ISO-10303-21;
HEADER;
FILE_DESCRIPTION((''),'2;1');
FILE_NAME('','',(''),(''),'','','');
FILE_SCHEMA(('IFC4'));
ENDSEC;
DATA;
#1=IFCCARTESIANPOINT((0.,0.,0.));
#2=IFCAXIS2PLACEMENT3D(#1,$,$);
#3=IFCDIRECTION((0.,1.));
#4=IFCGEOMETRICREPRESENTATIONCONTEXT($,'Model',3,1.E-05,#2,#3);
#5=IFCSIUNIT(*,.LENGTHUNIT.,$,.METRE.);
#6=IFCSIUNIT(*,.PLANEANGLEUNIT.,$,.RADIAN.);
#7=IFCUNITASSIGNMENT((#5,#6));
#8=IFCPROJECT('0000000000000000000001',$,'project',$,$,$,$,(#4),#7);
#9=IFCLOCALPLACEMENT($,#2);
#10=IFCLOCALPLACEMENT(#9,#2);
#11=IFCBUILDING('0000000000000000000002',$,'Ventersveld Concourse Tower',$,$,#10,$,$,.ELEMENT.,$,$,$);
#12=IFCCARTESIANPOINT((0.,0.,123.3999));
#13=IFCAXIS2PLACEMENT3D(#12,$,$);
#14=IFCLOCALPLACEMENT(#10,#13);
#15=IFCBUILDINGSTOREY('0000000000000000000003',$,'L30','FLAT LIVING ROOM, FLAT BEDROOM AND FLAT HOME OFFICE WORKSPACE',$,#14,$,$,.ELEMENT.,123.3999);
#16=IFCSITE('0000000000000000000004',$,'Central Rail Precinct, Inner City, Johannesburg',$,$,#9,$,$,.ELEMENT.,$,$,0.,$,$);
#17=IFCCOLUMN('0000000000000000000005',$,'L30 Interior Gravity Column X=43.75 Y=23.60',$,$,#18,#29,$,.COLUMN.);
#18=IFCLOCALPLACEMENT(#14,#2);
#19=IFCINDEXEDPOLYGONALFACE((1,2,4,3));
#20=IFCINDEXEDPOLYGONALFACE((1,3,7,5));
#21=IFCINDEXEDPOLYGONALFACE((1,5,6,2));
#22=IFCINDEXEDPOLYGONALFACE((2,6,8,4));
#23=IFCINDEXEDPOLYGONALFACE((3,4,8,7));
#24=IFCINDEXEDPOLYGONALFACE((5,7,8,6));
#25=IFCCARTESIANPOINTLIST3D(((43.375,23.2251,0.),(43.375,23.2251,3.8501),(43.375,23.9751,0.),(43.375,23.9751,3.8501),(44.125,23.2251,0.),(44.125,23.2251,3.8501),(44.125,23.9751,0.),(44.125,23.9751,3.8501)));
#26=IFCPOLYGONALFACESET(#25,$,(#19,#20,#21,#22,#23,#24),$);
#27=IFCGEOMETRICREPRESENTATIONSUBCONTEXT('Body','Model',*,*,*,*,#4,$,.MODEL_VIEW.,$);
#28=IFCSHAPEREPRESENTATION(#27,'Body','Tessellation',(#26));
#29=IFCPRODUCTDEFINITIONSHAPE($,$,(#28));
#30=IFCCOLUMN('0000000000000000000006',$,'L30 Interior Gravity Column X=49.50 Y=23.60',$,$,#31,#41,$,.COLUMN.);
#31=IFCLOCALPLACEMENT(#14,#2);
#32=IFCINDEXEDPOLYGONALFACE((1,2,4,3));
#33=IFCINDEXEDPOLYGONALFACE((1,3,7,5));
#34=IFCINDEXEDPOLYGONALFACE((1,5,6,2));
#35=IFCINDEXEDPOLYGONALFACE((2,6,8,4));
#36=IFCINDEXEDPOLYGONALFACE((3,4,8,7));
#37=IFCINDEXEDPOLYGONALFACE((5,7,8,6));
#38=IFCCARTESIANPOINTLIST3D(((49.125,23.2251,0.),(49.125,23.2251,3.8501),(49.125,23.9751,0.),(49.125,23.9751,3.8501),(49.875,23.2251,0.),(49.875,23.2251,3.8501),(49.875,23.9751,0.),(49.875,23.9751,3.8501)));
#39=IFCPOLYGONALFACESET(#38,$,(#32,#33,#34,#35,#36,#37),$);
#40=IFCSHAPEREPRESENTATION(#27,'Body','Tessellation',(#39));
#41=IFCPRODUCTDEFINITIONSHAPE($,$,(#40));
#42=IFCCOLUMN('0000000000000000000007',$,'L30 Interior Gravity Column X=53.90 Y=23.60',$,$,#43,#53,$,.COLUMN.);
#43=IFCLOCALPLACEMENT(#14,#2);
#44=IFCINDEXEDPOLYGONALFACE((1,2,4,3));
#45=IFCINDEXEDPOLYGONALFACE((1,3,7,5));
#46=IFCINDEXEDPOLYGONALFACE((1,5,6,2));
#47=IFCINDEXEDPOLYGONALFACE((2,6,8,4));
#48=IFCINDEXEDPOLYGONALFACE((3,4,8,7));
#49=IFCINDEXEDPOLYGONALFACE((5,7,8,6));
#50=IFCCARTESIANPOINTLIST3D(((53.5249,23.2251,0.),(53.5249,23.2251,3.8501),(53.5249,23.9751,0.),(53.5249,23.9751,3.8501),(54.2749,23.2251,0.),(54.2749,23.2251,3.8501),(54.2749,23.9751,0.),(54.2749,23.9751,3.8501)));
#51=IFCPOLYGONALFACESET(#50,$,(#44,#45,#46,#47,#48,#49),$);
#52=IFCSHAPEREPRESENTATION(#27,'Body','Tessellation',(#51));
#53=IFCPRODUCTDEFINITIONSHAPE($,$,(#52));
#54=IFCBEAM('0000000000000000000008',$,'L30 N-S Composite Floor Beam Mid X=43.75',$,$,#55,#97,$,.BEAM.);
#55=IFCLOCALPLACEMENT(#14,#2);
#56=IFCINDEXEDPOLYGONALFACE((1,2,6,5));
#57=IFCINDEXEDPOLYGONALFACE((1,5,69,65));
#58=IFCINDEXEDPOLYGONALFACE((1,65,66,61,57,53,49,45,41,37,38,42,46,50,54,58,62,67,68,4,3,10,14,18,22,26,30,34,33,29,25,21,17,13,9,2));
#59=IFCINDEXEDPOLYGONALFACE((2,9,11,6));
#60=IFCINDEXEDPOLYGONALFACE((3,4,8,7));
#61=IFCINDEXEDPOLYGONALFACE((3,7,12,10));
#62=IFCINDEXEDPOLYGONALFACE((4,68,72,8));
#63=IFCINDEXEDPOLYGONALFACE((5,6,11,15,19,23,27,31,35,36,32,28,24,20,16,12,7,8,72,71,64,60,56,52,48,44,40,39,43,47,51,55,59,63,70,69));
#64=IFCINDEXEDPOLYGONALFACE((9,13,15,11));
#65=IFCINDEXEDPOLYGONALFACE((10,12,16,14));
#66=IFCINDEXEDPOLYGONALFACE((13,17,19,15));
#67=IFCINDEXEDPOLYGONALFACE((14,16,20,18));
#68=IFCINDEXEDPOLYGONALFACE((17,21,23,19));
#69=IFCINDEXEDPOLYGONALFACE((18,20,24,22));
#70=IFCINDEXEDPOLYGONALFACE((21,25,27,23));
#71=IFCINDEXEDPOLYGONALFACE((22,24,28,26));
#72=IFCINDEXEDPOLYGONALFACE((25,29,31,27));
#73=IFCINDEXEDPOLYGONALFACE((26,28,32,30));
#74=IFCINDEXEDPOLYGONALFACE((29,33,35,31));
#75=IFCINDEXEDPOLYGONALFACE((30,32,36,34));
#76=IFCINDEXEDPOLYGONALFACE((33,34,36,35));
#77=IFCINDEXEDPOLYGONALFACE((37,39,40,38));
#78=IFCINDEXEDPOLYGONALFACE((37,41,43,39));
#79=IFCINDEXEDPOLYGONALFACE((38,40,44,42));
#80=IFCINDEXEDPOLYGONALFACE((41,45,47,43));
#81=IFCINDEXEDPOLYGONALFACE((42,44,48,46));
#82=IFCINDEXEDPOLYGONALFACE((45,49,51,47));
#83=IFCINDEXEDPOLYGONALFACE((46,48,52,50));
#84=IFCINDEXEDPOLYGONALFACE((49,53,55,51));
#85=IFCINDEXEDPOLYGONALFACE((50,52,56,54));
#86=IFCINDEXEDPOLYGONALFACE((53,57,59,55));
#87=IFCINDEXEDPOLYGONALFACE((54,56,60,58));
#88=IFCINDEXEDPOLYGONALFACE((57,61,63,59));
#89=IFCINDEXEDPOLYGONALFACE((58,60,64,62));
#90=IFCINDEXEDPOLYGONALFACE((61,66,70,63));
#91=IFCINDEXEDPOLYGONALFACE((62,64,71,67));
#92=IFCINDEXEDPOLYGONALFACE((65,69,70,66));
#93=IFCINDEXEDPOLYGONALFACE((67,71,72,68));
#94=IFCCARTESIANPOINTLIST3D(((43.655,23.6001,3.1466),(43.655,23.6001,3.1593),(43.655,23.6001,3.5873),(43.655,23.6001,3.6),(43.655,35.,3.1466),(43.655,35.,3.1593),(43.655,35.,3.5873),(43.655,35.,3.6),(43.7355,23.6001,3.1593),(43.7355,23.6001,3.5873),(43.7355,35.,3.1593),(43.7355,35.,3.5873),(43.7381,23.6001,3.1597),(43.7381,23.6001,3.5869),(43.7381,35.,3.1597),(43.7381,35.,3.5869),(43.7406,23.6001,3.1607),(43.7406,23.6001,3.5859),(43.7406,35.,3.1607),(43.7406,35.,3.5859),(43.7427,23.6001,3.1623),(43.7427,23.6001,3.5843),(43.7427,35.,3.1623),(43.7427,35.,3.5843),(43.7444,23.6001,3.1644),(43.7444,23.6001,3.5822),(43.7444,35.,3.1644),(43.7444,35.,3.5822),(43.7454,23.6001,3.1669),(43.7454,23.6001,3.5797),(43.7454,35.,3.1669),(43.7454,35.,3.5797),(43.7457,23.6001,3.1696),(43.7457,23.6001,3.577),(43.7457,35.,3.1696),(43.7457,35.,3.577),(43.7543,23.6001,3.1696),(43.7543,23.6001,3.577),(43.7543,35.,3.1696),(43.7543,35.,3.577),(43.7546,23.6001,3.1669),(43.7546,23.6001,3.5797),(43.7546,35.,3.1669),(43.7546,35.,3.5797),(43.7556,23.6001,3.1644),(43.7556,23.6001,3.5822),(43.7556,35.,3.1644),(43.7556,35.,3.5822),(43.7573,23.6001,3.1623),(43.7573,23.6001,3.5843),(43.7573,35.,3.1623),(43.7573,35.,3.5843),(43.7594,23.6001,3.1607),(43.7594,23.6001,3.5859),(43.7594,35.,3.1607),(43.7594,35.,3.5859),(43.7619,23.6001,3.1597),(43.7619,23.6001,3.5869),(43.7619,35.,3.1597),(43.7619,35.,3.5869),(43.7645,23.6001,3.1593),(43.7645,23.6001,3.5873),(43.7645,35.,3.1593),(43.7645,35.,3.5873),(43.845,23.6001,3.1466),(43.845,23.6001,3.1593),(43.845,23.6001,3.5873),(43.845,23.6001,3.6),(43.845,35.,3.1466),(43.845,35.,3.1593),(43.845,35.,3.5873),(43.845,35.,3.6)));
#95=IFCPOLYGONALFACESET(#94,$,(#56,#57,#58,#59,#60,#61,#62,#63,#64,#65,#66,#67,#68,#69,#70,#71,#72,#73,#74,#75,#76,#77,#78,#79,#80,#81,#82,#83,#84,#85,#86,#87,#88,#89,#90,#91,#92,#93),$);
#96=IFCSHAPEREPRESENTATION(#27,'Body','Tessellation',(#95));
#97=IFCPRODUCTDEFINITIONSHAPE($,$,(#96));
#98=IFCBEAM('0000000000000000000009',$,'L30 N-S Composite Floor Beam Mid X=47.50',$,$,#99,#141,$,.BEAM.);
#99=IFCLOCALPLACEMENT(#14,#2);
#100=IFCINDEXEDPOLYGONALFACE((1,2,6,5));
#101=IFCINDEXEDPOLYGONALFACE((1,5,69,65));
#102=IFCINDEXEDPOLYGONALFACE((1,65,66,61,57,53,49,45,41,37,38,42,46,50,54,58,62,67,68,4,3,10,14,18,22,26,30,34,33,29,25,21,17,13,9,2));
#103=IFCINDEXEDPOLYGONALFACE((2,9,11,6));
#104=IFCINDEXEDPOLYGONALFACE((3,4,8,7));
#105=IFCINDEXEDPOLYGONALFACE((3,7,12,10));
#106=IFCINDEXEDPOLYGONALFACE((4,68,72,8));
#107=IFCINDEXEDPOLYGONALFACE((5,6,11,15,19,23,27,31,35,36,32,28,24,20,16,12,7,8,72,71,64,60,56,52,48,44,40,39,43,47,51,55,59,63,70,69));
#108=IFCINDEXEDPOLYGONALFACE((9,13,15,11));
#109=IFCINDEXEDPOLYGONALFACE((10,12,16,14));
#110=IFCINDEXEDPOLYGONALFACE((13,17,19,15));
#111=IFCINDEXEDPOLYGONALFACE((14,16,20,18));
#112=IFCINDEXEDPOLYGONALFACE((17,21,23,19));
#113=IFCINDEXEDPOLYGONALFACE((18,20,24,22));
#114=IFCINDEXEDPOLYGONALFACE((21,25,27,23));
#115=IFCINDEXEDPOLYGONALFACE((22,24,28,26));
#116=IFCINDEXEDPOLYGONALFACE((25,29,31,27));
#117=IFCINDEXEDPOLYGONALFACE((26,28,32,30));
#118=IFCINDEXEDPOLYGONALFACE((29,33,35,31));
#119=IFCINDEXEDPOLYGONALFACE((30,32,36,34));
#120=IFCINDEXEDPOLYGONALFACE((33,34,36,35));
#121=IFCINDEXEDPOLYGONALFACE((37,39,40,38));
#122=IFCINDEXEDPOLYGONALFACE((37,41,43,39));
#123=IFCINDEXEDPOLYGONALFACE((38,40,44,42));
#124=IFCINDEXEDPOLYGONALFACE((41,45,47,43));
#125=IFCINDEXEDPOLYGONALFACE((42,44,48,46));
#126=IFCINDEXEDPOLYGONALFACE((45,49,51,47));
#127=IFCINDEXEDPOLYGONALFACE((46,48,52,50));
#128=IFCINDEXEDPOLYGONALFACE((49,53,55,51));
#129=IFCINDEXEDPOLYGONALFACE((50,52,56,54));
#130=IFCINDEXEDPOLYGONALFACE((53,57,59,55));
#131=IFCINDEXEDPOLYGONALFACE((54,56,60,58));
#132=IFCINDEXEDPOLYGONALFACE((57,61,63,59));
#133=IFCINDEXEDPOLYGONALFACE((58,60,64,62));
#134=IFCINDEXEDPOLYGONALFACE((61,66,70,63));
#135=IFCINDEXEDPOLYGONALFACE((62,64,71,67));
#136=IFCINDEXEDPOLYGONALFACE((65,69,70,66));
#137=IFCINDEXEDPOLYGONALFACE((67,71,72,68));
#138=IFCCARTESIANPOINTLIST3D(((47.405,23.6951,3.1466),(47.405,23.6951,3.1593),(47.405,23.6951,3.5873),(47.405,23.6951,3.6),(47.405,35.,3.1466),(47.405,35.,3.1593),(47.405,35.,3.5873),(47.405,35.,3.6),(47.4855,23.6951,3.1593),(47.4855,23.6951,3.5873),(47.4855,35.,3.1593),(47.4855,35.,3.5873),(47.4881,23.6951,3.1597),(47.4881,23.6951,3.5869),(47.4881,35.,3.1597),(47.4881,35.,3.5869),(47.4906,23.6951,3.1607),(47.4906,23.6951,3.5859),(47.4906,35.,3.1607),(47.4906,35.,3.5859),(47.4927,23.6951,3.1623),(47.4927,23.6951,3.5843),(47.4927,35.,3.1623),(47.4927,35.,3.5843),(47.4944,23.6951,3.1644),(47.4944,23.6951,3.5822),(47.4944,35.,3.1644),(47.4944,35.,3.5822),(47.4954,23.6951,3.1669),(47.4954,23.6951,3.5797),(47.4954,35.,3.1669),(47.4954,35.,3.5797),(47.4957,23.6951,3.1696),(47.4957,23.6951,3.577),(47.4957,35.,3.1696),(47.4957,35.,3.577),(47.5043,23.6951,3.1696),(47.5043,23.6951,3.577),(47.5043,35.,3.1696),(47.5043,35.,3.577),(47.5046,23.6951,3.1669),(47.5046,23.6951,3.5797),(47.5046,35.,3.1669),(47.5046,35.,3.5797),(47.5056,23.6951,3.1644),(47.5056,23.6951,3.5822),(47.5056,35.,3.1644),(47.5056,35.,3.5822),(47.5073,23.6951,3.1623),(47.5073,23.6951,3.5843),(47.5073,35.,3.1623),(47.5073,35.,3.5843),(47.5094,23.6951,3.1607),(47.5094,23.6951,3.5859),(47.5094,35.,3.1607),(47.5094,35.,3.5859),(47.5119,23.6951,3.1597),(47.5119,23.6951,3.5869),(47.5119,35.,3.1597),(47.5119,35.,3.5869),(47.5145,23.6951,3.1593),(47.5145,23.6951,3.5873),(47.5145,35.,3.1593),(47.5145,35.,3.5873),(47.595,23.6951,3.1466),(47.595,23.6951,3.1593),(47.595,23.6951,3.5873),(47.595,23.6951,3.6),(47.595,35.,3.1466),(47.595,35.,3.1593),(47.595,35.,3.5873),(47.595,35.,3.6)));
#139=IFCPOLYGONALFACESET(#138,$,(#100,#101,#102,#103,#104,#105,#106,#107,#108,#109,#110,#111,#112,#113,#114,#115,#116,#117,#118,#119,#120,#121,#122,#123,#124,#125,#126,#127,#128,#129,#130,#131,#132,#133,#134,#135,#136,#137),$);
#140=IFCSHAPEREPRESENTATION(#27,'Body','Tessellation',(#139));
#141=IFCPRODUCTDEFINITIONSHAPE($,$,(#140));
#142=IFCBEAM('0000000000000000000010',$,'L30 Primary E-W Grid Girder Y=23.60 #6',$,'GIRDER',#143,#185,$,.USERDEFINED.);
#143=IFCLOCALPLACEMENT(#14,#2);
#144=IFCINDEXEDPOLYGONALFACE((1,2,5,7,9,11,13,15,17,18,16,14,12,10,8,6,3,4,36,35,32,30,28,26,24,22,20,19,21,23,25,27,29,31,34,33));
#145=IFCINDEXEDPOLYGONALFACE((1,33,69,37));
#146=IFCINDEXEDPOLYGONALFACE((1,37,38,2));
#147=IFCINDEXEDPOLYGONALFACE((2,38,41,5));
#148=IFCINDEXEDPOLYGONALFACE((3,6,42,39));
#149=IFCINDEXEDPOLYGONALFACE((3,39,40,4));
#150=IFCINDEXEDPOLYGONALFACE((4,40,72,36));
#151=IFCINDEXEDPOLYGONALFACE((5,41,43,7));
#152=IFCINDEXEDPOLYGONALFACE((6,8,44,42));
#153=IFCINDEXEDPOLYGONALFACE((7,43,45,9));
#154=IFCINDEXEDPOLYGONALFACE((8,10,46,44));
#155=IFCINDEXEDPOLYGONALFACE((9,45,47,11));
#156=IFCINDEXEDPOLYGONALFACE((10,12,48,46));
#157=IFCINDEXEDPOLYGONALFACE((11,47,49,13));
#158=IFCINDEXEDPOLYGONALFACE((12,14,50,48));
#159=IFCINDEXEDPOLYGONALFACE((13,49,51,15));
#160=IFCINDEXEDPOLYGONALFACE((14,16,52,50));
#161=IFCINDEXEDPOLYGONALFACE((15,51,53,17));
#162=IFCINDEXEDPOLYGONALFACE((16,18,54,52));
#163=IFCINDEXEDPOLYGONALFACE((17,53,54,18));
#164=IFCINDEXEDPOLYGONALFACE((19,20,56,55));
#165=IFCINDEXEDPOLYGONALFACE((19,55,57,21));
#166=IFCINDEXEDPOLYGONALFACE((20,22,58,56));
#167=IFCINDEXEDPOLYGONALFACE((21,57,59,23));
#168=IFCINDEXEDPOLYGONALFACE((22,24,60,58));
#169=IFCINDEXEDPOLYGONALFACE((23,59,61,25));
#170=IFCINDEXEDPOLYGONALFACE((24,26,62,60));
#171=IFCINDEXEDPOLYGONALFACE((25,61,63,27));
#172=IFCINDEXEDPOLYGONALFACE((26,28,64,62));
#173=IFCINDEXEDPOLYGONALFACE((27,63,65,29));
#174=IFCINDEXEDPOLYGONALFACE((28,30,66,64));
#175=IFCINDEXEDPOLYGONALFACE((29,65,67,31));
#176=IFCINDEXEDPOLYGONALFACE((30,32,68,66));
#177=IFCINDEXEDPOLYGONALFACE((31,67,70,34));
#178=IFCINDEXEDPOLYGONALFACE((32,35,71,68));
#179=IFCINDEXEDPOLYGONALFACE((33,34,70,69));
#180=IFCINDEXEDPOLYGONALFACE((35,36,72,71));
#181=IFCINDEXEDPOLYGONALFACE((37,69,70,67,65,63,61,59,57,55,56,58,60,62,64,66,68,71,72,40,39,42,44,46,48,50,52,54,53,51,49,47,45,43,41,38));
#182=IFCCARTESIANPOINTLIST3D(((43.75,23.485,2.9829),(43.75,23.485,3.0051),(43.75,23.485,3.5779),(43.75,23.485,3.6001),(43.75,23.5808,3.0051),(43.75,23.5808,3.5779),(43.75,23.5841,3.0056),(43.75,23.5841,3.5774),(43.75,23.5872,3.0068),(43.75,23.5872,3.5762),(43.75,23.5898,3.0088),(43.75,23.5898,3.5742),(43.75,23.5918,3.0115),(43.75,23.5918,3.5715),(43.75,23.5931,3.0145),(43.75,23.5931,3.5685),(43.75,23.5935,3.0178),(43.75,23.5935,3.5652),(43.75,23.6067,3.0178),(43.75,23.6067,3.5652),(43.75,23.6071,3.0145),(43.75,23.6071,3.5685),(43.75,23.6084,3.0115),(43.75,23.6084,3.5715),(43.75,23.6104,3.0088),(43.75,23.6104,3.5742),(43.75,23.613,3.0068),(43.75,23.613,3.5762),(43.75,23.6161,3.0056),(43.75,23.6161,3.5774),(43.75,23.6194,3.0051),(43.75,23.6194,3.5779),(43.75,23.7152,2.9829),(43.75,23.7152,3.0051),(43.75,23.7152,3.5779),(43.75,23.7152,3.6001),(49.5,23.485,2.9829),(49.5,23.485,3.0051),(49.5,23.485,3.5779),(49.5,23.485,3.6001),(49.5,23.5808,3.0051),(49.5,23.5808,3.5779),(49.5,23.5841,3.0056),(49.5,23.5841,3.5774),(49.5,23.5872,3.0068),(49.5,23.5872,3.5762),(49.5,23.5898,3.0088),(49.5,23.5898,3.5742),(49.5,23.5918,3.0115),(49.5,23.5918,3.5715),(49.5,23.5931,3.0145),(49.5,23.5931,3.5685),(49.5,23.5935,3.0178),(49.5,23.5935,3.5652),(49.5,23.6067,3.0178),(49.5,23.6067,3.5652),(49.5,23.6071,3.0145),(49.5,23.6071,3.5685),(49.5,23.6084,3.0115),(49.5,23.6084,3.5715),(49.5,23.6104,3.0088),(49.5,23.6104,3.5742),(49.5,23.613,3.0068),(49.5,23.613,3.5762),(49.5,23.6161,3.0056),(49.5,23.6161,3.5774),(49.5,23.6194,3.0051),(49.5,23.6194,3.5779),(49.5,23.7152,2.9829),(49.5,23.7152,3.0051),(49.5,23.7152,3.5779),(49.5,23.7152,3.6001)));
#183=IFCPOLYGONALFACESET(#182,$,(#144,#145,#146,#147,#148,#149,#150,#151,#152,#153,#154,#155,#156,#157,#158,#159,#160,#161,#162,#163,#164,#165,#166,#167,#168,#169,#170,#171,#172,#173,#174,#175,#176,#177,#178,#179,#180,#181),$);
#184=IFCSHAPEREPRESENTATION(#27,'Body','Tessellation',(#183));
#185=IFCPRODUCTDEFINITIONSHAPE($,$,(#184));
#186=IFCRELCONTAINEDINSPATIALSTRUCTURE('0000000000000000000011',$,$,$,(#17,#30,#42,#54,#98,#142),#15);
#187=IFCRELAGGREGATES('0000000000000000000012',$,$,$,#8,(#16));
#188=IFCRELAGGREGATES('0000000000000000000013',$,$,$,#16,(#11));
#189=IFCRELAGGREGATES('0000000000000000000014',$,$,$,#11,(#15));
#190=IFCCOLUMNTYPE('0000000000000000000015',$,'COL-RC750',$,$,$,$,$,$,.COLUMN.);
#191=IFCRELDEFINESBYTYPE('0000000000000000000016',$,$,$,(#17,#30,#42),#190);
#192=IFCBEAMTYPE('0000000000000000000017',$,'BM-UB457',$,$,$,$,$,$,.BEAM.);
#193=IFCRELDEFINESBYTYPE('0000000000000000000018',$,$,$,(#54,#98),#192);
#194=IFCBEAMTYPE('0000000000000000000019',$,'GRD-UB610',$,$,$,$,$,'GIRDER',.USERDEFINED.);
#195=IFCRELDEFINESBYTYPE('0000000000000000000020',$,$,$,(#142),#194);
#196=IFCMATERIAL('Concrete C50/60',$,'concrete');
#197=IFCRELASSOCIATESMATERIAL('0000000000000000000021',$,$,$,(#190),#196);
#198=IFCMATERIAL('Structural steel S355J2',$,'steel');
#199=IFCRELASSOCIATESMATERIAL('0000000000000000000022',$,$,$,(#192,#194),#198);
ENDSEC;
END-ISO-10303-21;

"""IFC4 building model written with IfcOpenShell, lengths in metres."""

from ifc_helpers import new_model, si_unit, direction, frame, origin, origin_2d, place, context, subcontext, project, spatial, rectangle, i_section, extrude, material, material_profile, profile_set, type_object, element, save


model = new_model("IFC4")

# Units and contexts
model_context = context("Model", 3, precision=1e-05, world=origin(), true_north=direction((0.0, 1.0)))
body_context = subcontext(model_context, "Body", "Model", "MODEL_VIEW")
ifc_project = project(units=[si_unit("LENGTHUNIT", "METRE"), si_unit("PLANEANGLEUNIT", "RADIAN")], contexts=[model_context])

# Site, building, storey
site_placement = place(None, origin())
site = spatial("IfcSite", under=ifc_project, at=site_placement, Name="Central Rail Precinct, Inner City, Johannesburg", CompositionType="ELEMENT", RefElevation=0.0)
building_placement = place(site_placement, origin())
building = spatial("IfcBuilding", under=site, at=building_placement, Name="Ventersveld Concourse Tower", CompositionType="ELEMENT")
storey_placement = place(building_placement, frame((0.0, 0.0, 123.3999)))
storey = spatial("IfcBuildingStorey", under=building, at=storey_placement, Name="L30", Description="FLAT LIVING ROOM, FLAT BEDROOM AND FLAT HOME OFFICE WORKSPACE", CompositionType="ELEMENT", Elevation=123.3999)

# Columns
ifc_material_1 = material(Name="Concrete C50/60", Category="concrete")
ifc_material_profile_1 = material_profile(ifc_material_1, rectangle(XDim=0.75, YDim=0.75, at=origin_2d()), Name="RC 750x750")
ifc_profile_set_1 = profile_set([ifc_material_profile_1], Name="Concrete C50/60")
column_type = type_object("IfcColumnType", Name="COL-RC750", PredefinedType="COLUMN", material=ifc_profile_set_1)
for number, where, z_axis, x_axis, name in (
    (1, (43.75, 23.6001, 0.0), (0.0, 0.0, 1.0), (1.0, 0.0, 0.0), "L30 Interior Gravity Column X=43.75 Y=23.60"),
    (2, (49.5, 23.6001, 0.0), (0.0, 0.0, 1.0), (1.0, 0.0, 0.0), "L30 Interior Gravity Column X=49.50 Y=23.60"),
    (3, (53.8999, 23.6001, 0.0), (0.0, 0.0, 1.0), (1.0, 0.0, 0.0), "L30 Interior Gravity Column X=53.90 Y=23.60"),
):
    element("IfcColumn", number, at=place(storey_placement, frame(where, z_axis=z_axis, x_axis=x_axis)), inside=storey, type_object=column_type, Name=name, PredefinedType="COLUMN", context=body_context, shape_type="SweptSolid", body=[
        extrude(rectangle(XDim=0.75, YDim=0.75, at=origin_2d()), origin(), (0.0, 0.0, 1.0), 3.8501),
    ])

# Beams
ifc_material_2 = material(Name="Structural steel S355J2", Category="steel")
ifc_material_profile_2 = material_profile(ifc_material_2, i_section(OverallWidth=0.1899, OverallDepth=0.4534, WebThickness=0.0085, FlangeThickness=0.0127, FilletRadius=0.0103, at=origin_2d()), Name="UB 457x191x67")
ifc_profile_set_2 = profile_set([ifc_material_profile_2], Name="Structural steel S355J2")
beam_type_1 = type_object("IfcBeamType", Name="BM-UB457", PredefinedType="BEAM", material=ifc_profile_set_2)
beam_1_placement = place(storey_placement, frame((43.75, 23.6001, 3.3733), z_axis=(0.0, 1.0, 0.0), x_axis=(-1.0, 0.0, 0.0)))
element("IfcBeam", 4, at=beam_1_placement, inside=storey, type_object=beam_type_1, Name="L30 N-S Composite Floor Beam Mid X=43.75", PredefinedType="BEAM", context=body_context, shape_type="SweptSolid", body=[
    extrude(i_section(OverallWidth=0.1899, OverallDepth=0.4534, WebThickness=0.0085, FlangeThickness=0.0127, FilletRadius=0.0103, at=origin_2d()), origin(), (0.0, 0.0, 1.0), 11.3999),
])
beam_2_placement = place(storey_placement, frame((47.5, 23.6951, 3.3733), z_axis=(0.0, 1.0, 0.0), x_axis=(-1.0, 0.0, 0.0)))
element("IfcBeam", 5, at=beam_2_placement, inside=storey, type_object=beam_type_1, Name="L30 N-S Composite Floor Beam Mid X=47.50", PredefinedType="BEAM", context=body_context, shape_type="SweptSolid", body=[
    extrude(i_section(OverallWidth=0.1899, OverallDepth=0.4534, WebThickness=0.0085, FlangeThickness=0.0127, FilletRadius=0.0103, at=origin_2d()), origin(), (0.0, 0.0, 1.0), 11.3049),
])
ifc_material_profile_3 = material_profile(ifc_material_2, i_section(OverallWidth=0.2302, OverallDepth=0.6172, WebThickness=0.0132, FlangeThickness=0.0222, FilletRadius=0.0127, at=origin_2d()), Name="UB 610x229x140")
ifc_profile_set_3 = profile_set([ifc_material_profile_3], Name="Structural steel S355J2")
beam_type_2 = type_object("IfcBeamType", Name="GRD-UB610", ElementType="GIRDER", PredefinedType="USERDEFINED", material=ifc_profile_set_3)
beam_3_placement = place(storey_placement, frame((43.75, 23.6001, 3.2915), z_axis=(1.0, 0.0, 0.0), x_axis=(0.0, 1.0, 0.0)))
element("IfcBeam", 6, at=beam_3_placement, inside=storey, type_object=beam_type_2, Name="L30 Primary E-W Grid Girder Y=23.60 #6", ObjectType="GIRDER", PredefinedType="USERDEFINED", context=body_context, shape_type="SweptSolid", body=[
    extrude(i_section(OverallWidth=0.2302, OverallDepth=0.6172, WebThickness=0.0132, FlangeThickness=0.0222, FilletRadius=0.0127, at=origin_2d()), origin(), (0.0, 0.0, 1.0), 5.75),
])

save(model, "model.ifc")
